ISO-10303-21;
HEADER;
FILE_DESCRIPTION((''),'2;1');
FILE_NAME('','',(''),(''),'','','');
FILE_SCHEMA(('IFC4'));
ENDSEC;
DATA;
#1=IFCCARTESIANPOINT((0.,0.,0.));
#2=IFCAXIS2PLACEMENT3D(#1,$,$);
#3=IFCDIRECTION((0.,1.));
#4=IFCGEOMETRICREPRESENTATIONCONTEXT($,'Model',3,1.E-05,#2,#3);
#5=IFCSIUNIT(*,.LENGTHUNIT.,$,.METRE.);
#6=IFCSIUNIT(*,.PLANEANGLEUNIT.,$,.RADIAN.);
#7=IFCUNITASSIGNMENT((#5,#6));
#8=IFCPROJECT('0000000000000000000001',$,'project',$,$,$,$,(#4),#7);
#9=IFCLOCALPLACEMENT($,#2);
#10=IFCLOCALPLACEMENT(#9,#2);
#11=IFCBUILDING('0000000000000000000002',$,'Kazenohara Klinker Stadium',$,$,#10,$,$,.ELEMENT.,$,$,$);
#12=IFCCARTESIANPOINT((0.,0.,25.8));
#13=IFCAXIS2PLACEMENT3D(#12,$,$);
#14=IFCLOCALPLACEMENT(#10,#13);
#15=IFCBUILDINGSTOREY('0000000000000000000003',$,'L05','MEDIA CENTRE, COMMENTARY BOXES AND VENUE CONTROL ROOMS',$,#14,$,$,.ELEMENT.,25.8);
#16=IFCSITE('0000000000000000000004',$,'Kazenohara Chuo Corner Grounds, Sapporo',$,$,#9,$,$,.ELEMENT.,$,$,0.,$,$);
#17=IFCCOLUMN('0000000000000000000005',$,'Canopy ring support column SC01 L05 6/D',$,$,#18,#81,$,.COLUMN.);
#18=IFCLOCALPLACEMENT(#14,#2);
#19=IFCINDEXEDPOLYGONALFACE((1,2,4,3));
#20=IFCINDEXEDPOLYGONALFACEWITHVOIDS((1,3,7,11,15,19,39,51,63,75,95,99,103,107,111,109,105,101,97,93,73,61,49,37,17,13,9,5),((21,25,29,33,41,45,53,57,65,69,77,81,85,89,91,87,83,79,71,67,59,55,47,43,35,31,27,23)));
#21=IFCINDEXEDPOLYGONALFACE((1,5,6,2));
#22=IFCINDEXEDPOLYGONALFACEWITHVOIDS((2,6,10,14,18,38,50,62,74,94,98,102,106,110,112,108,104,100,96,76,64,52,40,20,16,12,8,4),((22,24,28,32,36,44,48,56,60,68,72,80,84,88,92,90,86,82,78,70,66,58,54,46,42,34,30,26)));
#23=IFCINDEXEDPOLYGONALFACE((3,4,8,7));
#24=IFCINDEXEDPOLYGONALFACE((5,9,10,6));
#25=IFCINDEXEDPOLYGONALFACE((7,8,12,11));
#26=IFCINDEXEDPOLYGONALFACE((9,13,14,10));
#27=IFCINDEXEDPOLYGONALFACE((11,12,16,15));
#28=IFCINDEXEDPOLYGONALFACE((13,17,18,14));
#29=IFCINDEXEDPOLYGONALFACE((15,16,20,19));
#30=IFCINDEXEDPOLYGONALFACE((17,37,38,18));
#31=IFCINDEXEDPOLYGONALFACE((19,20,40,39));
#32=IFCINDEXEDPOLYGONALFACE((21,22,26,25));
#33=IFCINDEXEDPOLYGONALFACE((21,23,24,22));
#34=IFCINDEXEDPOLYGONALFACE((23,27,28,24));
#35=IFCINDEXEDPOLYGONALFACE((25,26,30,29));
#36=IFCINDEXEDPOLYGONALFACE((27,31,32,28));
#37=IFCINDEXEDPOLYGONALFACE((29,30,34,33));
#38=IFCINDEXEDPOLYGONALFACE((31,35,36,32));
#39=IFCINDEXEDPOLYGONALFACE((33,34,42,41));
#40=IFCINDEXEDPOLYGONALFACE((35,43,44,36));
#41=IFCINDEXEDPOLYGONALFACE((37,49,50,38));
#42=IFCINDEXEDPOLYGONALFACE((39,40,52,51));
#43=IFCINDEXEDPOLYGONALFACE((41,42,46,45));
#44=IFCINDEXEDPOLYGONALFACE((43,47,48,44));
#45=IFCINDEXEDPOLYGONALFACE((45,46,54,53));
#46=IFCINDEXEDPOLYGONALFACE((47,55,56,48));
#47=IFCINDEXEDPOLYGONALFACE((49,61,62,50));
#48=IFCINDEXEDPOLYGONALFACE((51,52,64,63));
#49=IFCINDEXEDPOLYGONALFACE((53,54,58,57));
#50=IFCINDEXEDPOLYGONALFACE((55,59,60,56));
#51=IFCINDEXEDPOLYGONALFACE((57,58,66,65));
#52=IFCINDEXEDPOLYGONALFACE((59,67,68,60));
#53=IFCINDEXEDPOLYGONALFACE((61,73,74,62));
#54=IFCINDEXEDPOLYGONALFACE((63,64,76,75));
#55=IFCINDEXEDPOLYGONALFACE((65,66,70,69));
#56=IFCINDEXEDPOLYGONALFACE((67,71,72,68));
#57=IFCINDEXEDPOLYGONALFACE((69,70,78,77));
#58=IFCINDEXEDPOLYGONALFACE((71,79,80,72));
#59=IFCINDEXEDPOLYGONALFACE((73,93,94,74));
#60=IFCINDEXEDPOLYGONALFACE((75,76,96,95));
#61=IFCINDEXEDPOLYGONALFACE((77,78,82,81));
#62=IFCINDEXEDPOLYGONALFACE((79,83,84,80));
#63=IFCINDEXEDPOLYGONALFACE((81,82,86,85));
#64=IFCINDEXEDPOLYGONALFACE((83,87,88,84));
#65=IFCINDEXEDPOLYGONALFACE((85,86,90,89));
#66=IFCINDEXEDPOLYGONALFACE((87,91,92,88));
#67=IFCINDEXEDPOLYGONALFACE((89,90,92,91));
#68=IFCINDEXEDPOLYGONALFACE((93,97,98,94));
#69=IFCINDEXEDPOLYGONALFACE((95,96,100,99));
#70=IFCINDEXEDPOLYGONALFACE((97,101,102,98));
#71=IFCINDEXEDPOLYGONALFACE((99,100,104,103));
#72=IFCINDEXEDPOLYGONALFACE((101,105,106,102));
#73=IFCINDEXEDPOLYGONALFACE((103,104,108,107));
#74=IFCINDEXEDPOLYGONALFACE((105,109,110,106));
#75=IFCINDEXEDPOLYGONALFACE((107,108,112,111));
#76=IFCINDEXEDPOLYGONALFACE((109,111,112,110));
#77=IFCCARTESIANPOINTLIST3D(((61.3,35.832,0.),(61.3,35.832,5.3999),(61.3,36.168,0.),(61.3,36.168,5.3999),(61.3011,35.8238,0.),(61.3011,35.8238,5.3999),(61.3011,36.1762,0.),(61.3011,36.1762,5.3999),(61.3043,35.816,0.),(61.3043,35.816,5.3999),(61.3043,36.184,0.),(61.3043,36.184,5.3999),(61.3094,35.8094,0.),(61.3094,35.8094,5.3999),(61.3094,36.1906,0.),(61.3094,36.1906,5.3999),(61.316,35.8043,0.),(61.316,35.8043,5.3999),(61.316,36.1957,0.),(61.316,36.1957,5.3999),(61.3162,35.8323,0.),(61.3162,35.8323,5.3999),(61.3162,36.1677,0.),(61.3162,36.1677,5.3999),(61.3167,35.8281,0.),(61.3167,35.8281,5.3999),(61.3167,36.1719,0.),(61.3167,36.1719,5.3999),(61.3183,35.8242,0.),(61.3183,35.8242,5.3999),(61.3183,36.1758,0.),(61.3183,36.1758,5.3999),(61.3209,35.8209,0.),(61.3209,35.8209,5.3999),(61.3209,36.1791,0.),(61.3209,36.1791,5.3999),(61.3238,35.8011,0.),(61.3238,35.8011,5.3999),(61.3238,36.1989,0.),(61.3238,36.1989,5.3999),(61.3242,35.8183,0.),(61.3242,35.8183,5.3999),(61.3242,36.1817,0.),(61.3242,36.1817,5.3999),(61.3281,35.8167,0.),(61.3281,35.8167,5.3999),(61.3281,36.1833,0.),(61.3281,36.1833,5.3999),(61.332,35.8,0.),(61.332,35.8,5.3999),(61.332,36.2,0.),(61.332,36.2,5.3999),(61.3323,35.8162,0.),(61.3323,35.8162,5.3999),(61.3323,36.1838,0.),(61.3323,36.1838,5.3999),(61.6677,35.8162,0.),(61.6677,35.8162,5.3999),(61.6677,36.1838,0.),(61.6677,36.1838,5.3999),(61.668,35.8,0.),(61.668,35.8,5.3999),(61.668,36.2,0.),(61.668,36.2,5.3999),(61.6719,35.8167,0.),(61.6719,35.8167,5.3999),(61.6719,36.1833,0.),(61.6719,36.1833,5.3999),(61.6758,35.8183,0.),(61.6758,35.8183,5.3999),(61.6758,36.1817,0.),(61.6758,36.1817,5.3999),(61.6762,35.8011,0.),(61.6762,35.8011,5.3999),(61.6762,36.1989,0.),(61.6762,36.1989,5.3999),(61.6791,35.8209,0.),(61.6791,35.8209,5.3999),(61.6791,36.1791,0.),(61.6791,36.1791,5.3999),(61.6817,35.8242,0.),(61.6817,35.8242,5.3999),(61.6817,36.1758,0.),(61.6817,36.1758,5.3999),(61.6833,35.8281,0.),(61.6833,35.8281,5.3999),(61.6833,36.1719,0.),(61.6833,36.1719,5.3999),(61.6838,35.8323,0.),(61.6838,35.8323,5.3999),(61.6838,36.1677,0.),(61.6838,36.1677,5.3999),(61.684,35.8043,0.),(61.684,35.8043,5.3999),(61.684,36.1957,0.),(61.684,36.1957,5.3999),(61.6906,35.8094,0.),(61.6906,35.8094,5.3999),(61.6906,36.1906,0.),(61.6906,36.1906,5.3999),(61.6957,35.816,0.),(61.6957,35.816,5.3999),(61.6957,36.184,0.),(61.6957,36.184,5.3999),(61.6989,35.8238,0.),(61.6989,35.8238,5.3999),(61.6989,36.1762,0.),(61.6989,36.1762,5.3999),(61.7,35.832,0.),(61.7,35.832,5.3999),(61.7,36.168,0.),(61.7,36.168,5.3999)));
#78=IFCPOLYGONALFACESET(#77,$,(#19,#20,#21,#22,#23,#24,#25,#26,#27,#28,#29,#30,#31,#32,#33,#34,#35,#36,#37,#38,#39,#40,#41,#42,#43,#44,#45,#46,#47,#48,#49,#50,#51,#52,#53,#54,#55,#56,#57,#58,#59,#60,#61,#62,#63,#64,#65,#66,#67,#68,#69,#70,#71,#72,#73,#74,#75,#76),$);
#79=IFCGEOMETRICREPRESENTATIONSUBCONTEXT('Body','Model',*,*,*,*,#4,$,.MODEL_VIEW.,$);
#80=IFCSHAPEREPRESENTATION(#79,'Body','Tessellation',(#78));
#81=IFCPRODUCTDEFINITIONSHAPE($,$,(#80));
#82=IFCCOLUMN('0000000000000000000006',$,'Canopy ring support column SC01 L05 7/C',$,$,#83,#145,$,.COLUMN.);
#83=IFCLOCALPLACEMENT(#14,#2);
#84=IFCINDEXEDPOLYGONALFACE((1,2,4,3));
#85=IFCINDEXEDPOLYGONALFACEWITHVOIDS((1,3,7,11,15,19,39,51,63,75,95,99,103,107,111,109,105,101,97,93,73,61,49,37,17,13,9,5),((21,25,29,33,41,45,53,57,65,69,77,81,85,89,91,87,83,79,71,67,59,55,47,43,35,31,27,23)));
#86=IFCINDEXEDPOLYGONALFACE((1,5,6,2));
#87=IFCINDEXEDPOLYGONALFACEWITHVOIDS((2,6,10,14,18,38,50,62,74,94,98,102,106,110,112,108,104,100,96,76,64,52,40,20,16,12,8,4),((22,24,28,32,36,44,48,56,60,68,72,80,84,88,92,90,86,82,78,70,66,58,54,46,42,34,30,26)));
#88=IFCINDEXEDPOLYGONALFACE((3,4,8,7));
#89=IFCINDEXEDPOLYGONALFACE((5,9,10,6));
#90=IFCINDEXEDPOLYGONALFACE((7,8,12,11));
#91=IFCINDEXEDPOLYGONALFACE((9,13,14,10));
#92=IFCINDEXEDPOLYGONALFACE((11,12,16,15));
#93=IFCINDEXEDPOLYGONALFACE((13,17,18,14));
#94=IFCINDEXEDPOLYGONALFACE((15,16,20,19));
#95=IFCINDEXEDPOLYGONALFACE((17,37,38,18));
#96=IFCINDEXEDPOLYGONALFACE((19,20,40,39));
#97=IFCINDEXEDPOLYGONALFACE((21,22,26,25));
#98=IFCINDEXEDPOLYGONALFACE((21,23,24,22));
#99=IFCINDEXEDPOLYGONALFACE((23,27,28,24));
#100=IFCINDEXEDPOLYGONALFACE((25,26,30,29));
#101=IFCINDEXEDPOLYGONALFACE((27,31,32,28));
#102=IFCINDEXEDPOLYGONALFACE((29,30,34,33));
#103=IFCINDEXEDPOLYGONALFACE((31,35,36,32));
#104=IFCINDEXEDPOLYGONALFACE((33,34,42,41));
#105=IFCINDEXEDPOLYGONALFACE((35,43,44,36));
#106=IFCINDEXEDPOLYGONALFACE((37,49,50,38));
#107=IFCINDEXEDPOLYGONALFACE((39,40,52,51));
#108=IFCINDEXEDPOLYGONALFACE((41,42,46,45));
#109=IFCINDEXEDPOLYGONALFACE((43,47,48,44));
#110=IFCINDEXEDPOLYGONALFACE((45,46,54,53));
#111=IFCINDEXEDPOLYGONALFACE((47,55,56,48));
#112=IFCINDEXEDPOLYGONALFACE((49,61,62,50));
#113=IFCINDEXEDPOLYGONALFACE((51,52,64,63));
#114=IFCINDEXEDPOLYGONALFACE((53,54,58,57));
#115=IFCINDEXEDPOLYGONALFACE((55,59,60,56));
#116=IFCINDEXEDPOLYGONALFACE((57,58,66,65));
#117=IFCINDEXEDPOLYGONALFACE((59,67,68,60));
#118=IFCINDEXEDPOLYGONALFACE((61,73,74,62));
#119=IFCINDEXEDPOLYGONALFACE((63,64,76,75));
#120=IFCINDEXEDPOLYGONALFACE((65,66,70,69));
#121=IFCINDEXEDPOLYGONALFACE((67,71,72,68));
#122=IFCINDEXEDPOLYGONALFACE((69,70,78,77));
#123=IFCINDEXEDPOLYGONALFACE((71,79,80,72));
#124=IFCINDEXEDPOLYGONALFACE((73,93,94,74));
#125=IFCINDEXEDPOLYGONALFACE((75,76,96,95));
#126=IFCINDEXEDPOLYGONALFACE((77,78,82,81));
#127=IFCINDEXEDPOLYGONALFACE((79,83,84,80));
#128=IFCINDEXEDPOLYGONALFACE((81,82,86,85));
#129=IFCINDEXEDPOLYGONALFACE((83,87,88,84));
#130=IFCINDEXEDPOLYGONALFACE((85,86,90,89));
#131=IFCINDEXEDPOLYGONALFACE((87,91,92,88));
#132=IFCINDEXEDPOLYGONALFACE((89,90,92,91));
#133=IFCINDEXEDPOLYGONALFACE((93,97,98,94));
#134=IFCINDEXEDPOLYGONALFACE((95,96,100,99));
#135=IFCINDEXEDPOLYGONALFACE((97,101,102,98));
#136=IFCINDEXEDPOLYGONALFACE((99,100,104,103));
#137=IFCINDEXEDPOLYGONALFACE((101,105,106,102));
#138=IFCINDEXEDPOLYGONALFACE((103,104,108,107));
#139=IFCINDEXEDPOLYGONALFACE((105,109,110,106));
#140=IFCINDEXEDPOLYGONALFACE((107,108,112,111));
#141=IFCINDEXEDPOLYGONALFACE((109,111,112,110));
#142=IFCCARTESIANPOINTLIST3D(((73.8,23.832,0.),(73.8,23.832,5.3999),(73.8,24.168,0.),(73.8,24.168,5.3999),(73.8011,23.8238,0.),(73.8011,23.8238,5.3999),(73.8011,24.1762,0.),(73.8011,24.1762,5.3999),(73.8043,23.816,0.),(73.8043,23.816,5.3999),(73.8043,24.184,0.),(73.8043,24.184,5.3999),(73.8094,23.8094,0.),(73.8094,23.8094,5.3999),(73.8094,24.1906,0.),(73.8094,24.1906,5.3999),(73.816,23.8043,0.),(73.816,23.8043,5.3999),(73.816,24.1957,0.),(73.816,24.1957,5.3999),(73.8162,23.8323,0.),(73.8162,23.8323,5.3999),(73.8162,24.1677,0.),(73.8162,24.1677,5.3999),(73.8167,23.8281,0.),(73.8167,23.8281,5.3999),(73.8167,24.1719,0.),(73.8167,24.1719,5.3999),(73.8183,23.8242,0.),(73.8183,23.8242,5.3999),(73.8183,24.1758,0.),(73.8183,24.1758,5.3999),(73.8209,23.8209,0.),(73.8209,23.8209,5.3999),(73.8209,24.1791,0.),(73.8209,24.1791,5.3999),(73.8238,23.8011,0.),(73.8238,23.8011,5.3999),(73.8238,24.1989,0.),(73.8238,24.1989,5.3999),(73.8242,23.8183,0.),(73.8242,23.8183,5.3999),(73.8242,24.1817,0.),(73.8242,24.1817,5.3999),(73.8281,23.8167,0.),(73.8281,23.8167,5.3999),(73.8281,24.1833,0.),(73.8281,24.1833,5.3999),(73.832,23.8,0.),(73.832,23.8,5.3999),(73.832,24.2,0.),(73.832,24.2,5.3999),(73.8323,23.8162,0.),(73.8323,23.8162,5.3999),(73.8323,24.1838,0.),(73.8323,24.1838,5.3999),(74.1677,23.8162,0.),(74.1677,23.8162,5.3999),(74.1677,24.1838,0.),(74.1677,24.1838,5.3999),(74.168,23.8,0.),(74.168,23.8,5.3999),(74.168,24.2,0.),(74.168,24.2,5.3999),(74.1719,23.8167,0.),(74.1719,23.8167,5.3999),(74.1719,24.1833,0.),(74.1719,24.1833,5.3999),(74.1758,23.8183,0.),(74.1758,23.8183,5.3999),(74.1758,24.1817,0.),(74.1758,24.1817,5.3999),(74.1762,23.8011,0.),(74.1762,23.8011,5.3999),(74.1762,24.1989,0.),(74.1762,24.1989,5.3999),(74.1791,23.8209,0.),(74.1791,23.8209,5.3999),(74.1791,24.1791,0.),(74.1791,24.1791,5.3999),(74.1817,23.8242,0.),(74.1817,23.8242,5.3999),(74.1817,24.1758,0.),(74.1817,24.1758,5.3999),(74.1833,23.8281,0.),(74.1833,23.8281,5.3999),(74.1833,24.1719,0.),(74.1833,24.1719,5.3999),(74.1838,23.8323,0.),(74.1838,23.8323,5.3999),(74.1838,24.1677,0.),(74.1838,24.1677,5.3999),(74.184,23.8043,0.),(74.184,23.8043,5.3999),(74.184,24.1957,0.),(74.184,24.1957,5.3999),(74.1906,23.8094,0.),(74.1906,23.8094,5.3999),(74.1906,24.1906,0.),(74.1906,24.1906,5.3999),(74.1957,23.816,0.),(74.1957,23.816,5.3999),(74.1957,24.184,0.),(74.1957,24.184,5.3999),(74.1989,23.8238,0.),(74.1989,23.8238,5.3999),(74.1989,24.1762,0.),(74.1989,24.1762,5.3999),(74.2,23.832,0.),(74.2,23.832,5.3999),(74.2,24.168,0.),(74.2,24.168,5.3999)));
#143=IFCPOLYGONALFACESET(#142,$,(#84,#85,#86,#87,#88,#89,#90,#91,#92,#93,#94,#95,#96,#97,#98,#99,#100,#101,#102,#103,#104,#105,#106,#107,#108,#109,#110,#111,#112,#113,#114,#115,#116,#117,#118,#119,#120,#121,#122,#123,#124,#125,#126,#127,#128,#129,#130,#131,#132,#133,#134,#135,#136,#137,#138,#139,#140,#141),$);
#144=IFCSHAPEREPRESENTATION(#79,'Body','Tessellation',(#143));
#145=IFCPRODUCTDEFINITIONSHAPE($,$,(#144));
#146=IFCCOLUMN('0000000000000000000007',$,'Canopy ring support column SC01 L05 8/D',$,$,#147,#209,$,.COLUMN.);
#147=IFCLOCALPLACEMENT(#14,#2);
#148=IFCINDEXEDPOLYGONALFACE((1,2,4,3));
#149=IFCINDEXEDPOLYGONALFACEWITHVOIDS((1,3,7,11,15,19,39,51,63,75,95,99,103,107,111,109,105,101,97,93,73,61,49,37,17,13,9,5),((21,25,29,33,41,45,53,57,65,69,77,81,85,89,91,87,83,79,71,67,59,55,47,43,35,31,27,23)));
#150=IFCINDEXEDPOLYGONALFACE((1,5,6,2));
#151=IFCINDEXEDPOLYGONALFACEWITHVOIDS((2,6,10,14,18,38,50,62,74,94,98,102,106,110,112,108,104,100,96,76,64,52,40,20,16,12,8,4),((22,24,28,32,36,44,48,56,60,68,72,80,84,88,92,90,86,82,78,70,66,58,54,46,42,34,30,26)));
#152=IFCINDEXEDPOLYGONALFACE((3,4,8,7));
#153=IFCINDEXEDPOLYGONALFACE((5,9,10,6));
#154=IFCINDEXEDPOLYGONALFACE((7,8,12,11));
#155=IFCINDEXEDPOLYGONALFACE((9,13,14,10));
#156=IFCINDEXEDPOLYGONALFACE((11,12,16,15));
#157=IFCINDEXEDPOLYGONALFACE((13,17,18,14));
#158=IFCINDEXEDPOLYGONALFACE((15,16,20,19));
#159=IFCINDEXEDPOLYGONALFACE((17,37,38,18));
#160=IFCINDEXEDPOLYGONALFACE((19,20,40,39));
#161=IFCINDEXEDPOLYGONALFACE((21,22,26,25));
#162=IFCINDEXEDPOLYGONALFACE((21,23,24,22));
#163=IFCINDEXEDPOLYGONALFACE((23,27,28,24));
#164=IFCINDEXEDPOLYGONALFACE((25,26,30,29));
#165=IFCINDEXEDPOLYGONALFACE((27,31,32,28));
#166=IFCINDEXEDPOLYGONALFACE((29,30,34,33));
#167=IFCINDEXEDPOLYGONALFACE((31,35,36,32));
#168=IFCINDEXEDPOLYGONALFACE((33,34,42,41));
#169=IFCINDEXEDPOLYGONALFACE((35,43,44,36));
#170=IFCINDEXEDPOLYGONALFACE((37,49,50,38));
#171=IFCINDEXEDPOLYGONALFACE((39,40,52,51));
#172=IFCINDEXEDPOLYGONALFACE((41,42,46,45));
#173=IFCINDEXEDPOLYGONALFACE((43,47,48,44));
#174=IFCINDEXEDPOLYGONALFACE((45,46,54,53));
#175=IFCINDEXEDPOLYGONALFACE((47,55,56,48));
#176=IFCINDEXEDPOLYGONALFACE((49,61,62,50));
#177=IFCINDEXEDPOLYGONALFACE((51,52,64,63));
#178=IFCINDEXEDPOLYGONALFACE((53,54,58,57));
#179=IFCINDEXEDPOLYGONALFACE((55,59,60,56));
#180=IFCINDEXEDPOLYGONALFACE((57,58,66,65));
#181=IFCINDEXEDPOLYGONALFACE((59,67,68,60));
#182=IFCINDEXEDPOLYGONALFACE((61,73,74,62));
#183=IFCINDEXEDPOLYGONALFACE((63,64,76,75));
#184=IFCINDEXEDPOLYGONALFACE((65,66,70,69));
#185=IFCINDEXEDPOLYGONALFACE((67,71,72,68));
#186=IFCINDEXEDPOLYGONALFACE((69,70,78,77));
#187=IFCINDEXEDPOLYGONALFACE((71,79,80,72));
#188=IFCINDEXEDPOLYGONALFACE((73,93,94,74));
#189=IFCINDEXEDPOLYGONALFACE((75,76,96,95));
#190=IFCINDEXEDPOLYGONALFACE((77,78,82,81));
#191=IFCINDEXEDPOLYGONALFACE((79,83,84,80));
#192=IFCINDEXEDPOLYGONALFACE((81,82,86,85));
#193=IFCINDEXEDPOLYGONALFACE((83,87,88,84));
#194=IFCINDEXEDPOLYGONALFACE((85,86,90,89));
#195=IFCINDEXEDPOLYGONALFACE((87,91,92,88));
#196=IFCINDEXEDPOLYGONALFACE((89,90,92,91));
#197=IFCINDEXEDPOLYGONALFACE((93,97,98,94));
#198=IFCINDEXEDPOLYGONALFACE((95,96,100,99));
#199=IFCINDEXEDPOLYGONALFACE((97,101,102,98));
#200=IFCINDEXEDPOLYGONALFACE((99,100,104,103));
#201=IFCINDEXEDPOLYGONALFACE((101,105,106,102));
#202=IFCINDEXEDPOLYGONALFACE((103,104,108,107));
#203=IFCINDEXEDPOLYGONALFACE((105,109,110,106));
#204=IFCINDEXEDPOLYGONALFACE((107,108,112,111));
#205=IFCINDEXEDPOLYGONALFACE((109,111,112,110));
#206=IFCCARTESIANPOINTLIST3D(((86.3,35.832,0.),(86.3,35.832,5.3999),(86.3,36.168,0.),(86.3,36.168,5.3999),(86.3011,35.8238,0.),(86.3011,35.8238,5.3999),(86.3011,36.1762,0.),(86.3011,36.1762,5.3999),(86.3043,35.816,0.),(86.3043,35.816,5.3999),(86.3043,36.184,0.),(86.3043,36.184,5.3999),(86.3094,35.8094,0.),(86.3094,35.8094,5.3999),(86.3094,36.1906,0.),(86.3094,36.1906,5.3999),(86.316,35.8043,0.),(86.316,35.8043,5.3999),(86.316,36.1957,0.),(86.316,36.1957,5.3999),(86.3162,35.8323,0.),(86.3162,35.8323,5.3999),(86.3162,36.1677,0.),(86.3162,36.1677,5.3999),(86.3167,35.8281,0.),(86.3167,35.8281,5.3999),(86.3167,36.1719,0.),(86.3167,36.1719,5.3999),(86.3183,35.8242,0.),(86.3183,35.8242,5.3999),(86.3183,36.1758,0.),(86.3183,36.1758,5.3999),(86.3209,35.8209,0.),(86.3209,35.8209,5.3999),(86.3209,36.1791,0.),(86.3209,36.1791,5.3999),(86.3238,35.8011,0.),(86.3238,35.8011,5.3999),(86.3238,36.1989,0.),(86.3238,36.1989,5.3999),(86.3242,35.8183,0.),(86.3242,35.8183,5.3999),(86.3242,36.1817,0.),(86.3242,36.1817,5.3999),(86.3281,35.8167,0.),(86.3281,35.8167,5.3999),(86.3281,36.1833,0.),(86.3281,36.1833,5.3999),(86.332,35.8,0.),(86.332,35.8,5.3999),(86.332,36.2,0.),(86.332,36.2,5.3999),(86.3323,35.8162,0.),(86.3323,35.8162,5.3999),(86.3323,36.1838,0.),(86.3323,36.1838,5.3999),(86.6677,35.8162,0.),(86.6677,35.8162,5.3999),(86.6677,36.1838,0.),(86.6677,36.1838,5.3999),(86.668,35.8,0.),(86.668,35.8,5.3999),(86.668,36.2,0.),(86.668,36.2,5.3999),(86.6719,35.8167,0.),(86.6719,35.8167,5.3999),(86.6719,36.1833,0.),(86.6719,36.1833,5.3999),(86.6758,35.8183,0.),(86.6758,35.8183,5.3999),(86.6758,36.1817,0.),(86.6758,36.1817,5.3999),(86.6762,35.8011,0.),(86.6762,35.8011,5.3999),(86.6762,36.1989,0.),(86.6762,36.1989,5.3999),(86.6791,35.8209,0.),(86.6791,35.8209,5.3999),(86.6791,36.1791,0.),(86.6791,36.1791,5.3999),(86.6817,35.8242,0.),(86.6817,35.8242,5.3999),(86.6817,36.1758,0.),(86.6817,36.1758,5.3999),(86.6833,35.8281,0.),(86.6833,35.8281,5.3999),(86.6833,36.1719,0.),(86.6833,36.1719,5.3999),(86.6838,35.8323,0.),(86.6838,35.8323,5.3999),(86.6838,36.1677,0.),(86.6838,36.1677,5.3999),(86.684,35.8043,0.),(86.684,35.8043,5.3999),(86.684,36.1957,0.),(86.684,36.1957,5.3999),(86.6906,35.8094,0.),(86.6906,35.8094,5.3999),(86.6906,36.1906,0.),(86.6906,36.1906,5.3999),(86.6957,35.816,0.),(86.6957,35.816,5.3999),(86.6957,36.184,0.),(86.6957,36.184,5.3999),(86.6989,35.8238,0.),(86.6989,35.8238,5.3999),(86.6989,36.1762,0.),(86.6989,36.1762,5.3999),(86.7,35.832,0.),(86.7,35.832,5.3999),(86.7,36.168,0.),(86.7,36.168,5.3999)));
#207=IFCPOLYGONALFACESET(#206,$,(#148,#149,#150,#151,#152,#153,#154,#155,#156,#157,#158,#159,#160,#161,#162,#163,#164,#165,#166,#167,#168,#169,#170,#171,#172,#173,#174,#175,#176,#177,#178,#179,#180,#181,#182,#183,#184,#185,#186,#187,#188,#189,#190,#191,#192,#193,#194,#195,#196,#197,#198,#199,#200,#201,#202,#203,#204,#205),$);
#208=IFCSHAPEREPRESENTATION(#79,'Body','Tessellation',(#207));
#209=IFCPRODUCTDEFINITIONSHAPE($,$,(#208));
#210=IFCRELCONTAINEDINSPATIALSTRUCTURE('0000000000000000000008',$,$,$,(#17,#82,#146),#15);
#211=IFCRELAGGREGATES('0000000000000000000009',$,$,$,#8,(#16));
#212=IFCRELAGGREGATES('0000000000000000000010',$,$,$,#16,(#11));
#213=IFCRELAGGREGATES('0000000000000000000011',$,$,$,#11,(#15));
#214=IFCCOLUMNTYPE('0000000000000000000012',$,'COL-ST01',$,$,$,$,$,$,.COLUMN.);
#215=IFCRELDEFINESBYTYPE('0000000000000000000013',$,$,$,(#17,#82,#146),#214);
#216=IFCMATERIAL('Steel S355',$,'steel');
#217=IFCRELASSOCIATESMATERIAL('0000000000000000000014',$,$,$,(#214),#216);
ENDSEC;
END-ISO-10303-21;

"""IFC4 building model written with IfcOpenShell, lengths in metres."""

from ifc_helpers import new_model, si_unit, direction, frame, origin, origin_2d, place, context, subcontext, project, spatial, hollow_rectangle, extrude, material, material_profile, profile_set, type_object, element, save


model = new_model("IFC4")

# Units and contexts
model_context = context("Model", 3, precision=1e-05, world=origin(), true_north=direction((0.0, 1.0)))
body_context = subcontext(model_context, "Body", "Model", "MODEL_VIEW")
ifc_project = project(units=[si_unit("LENGTHUNIT", "METRE"), si_unit("PLANEANGLEUNIT", "RADIAN")], contexts=[model_context])

# Site, building, storey
site_placement = place(None, origin())
site = spatial("IfcSite", under=ifc_project, at=site_placement, Name="Kazenohara Chuo Corner Grounds, Sapporo", CompositionType="ELEMENT", RefElevation=0.0)
building_placement = place(site_placement, origin())
building = spatial("IfcBuilding", under=site, at=building_placement, Name="Kazenohara Klinker Stadium", CompositionType="ELEMENT")
storey_placement = place(building_placement, frame((0.0, 0.0, 25.8)))
storey = spatial("IfcBuildingStorey", under=building, at=storey_placement, Name="L05", Description="MEDIA CENTRE, COMMENTARY BOXES AND VENUE CONTROL ROOMS", CompositionType="ELEMENT", Elevation=25.8)

# Columns
ifc_material = material(Name="Steel S355", Category="steel")
ifc_material_profile_1 = material_profile(ifc_material, hollow_rectangle(XDim=0.3999, YDim=0.3999, WallThickness=0.0161, InnerFilletRadius=0.0161, OuterFilletRadius=0.032, at=origin_2d()), Name="SHS-400x400x16")
ifc_profile_set_1 = profile_set([ifc_material_profile_1], Name="Steel S355")
column_type_1 = type_object("IfcColumnType", Name="COL-ST01", PredefinedType="COLUMN", material=ifc_profile_set_1)
for number, where, z_axis, x_axis, name in (
    (1, (61.5, 36.0, 0.0), (0.0, 0.0, 1.0), (1.0, 0.0, 0.0), "Canopy ring support column SC01 L05 6/D"),
    (2, (74.0, 24.0, 0.0), (0.0, 0.0, 1.0), (1.0, 0.0, 0.0), "Canopy ring support column SC01 L05 7/C"),
    (3, (86.5, 36.0, 0.0), (0.0, 0.0, 1.0), (1.0, 0.0, 0.0), "Canopy ring support column SC01 L05 8/D"),
):
    element("IfcColumn", number, at=place(storey_placement, frame(where, z_axis=z_axis, x_axis=x_axis)), inside=storey, type_object=column_type_1, Name=name, PredefinedType="COLUMN", context=body_context, shape_type="SweptSolid", body=[
        extrude(hollow_rectangle(XDim=0.3999, YDim=0.3999, WallThickness=0.0161, InnerFilletRadius=0.0161, OuterFilletRadius=0.032, at=origin_2d()), origin(), (0.0, 0.0, 1.0), 5.3999),
    ])

save(model, "model.ifc")
